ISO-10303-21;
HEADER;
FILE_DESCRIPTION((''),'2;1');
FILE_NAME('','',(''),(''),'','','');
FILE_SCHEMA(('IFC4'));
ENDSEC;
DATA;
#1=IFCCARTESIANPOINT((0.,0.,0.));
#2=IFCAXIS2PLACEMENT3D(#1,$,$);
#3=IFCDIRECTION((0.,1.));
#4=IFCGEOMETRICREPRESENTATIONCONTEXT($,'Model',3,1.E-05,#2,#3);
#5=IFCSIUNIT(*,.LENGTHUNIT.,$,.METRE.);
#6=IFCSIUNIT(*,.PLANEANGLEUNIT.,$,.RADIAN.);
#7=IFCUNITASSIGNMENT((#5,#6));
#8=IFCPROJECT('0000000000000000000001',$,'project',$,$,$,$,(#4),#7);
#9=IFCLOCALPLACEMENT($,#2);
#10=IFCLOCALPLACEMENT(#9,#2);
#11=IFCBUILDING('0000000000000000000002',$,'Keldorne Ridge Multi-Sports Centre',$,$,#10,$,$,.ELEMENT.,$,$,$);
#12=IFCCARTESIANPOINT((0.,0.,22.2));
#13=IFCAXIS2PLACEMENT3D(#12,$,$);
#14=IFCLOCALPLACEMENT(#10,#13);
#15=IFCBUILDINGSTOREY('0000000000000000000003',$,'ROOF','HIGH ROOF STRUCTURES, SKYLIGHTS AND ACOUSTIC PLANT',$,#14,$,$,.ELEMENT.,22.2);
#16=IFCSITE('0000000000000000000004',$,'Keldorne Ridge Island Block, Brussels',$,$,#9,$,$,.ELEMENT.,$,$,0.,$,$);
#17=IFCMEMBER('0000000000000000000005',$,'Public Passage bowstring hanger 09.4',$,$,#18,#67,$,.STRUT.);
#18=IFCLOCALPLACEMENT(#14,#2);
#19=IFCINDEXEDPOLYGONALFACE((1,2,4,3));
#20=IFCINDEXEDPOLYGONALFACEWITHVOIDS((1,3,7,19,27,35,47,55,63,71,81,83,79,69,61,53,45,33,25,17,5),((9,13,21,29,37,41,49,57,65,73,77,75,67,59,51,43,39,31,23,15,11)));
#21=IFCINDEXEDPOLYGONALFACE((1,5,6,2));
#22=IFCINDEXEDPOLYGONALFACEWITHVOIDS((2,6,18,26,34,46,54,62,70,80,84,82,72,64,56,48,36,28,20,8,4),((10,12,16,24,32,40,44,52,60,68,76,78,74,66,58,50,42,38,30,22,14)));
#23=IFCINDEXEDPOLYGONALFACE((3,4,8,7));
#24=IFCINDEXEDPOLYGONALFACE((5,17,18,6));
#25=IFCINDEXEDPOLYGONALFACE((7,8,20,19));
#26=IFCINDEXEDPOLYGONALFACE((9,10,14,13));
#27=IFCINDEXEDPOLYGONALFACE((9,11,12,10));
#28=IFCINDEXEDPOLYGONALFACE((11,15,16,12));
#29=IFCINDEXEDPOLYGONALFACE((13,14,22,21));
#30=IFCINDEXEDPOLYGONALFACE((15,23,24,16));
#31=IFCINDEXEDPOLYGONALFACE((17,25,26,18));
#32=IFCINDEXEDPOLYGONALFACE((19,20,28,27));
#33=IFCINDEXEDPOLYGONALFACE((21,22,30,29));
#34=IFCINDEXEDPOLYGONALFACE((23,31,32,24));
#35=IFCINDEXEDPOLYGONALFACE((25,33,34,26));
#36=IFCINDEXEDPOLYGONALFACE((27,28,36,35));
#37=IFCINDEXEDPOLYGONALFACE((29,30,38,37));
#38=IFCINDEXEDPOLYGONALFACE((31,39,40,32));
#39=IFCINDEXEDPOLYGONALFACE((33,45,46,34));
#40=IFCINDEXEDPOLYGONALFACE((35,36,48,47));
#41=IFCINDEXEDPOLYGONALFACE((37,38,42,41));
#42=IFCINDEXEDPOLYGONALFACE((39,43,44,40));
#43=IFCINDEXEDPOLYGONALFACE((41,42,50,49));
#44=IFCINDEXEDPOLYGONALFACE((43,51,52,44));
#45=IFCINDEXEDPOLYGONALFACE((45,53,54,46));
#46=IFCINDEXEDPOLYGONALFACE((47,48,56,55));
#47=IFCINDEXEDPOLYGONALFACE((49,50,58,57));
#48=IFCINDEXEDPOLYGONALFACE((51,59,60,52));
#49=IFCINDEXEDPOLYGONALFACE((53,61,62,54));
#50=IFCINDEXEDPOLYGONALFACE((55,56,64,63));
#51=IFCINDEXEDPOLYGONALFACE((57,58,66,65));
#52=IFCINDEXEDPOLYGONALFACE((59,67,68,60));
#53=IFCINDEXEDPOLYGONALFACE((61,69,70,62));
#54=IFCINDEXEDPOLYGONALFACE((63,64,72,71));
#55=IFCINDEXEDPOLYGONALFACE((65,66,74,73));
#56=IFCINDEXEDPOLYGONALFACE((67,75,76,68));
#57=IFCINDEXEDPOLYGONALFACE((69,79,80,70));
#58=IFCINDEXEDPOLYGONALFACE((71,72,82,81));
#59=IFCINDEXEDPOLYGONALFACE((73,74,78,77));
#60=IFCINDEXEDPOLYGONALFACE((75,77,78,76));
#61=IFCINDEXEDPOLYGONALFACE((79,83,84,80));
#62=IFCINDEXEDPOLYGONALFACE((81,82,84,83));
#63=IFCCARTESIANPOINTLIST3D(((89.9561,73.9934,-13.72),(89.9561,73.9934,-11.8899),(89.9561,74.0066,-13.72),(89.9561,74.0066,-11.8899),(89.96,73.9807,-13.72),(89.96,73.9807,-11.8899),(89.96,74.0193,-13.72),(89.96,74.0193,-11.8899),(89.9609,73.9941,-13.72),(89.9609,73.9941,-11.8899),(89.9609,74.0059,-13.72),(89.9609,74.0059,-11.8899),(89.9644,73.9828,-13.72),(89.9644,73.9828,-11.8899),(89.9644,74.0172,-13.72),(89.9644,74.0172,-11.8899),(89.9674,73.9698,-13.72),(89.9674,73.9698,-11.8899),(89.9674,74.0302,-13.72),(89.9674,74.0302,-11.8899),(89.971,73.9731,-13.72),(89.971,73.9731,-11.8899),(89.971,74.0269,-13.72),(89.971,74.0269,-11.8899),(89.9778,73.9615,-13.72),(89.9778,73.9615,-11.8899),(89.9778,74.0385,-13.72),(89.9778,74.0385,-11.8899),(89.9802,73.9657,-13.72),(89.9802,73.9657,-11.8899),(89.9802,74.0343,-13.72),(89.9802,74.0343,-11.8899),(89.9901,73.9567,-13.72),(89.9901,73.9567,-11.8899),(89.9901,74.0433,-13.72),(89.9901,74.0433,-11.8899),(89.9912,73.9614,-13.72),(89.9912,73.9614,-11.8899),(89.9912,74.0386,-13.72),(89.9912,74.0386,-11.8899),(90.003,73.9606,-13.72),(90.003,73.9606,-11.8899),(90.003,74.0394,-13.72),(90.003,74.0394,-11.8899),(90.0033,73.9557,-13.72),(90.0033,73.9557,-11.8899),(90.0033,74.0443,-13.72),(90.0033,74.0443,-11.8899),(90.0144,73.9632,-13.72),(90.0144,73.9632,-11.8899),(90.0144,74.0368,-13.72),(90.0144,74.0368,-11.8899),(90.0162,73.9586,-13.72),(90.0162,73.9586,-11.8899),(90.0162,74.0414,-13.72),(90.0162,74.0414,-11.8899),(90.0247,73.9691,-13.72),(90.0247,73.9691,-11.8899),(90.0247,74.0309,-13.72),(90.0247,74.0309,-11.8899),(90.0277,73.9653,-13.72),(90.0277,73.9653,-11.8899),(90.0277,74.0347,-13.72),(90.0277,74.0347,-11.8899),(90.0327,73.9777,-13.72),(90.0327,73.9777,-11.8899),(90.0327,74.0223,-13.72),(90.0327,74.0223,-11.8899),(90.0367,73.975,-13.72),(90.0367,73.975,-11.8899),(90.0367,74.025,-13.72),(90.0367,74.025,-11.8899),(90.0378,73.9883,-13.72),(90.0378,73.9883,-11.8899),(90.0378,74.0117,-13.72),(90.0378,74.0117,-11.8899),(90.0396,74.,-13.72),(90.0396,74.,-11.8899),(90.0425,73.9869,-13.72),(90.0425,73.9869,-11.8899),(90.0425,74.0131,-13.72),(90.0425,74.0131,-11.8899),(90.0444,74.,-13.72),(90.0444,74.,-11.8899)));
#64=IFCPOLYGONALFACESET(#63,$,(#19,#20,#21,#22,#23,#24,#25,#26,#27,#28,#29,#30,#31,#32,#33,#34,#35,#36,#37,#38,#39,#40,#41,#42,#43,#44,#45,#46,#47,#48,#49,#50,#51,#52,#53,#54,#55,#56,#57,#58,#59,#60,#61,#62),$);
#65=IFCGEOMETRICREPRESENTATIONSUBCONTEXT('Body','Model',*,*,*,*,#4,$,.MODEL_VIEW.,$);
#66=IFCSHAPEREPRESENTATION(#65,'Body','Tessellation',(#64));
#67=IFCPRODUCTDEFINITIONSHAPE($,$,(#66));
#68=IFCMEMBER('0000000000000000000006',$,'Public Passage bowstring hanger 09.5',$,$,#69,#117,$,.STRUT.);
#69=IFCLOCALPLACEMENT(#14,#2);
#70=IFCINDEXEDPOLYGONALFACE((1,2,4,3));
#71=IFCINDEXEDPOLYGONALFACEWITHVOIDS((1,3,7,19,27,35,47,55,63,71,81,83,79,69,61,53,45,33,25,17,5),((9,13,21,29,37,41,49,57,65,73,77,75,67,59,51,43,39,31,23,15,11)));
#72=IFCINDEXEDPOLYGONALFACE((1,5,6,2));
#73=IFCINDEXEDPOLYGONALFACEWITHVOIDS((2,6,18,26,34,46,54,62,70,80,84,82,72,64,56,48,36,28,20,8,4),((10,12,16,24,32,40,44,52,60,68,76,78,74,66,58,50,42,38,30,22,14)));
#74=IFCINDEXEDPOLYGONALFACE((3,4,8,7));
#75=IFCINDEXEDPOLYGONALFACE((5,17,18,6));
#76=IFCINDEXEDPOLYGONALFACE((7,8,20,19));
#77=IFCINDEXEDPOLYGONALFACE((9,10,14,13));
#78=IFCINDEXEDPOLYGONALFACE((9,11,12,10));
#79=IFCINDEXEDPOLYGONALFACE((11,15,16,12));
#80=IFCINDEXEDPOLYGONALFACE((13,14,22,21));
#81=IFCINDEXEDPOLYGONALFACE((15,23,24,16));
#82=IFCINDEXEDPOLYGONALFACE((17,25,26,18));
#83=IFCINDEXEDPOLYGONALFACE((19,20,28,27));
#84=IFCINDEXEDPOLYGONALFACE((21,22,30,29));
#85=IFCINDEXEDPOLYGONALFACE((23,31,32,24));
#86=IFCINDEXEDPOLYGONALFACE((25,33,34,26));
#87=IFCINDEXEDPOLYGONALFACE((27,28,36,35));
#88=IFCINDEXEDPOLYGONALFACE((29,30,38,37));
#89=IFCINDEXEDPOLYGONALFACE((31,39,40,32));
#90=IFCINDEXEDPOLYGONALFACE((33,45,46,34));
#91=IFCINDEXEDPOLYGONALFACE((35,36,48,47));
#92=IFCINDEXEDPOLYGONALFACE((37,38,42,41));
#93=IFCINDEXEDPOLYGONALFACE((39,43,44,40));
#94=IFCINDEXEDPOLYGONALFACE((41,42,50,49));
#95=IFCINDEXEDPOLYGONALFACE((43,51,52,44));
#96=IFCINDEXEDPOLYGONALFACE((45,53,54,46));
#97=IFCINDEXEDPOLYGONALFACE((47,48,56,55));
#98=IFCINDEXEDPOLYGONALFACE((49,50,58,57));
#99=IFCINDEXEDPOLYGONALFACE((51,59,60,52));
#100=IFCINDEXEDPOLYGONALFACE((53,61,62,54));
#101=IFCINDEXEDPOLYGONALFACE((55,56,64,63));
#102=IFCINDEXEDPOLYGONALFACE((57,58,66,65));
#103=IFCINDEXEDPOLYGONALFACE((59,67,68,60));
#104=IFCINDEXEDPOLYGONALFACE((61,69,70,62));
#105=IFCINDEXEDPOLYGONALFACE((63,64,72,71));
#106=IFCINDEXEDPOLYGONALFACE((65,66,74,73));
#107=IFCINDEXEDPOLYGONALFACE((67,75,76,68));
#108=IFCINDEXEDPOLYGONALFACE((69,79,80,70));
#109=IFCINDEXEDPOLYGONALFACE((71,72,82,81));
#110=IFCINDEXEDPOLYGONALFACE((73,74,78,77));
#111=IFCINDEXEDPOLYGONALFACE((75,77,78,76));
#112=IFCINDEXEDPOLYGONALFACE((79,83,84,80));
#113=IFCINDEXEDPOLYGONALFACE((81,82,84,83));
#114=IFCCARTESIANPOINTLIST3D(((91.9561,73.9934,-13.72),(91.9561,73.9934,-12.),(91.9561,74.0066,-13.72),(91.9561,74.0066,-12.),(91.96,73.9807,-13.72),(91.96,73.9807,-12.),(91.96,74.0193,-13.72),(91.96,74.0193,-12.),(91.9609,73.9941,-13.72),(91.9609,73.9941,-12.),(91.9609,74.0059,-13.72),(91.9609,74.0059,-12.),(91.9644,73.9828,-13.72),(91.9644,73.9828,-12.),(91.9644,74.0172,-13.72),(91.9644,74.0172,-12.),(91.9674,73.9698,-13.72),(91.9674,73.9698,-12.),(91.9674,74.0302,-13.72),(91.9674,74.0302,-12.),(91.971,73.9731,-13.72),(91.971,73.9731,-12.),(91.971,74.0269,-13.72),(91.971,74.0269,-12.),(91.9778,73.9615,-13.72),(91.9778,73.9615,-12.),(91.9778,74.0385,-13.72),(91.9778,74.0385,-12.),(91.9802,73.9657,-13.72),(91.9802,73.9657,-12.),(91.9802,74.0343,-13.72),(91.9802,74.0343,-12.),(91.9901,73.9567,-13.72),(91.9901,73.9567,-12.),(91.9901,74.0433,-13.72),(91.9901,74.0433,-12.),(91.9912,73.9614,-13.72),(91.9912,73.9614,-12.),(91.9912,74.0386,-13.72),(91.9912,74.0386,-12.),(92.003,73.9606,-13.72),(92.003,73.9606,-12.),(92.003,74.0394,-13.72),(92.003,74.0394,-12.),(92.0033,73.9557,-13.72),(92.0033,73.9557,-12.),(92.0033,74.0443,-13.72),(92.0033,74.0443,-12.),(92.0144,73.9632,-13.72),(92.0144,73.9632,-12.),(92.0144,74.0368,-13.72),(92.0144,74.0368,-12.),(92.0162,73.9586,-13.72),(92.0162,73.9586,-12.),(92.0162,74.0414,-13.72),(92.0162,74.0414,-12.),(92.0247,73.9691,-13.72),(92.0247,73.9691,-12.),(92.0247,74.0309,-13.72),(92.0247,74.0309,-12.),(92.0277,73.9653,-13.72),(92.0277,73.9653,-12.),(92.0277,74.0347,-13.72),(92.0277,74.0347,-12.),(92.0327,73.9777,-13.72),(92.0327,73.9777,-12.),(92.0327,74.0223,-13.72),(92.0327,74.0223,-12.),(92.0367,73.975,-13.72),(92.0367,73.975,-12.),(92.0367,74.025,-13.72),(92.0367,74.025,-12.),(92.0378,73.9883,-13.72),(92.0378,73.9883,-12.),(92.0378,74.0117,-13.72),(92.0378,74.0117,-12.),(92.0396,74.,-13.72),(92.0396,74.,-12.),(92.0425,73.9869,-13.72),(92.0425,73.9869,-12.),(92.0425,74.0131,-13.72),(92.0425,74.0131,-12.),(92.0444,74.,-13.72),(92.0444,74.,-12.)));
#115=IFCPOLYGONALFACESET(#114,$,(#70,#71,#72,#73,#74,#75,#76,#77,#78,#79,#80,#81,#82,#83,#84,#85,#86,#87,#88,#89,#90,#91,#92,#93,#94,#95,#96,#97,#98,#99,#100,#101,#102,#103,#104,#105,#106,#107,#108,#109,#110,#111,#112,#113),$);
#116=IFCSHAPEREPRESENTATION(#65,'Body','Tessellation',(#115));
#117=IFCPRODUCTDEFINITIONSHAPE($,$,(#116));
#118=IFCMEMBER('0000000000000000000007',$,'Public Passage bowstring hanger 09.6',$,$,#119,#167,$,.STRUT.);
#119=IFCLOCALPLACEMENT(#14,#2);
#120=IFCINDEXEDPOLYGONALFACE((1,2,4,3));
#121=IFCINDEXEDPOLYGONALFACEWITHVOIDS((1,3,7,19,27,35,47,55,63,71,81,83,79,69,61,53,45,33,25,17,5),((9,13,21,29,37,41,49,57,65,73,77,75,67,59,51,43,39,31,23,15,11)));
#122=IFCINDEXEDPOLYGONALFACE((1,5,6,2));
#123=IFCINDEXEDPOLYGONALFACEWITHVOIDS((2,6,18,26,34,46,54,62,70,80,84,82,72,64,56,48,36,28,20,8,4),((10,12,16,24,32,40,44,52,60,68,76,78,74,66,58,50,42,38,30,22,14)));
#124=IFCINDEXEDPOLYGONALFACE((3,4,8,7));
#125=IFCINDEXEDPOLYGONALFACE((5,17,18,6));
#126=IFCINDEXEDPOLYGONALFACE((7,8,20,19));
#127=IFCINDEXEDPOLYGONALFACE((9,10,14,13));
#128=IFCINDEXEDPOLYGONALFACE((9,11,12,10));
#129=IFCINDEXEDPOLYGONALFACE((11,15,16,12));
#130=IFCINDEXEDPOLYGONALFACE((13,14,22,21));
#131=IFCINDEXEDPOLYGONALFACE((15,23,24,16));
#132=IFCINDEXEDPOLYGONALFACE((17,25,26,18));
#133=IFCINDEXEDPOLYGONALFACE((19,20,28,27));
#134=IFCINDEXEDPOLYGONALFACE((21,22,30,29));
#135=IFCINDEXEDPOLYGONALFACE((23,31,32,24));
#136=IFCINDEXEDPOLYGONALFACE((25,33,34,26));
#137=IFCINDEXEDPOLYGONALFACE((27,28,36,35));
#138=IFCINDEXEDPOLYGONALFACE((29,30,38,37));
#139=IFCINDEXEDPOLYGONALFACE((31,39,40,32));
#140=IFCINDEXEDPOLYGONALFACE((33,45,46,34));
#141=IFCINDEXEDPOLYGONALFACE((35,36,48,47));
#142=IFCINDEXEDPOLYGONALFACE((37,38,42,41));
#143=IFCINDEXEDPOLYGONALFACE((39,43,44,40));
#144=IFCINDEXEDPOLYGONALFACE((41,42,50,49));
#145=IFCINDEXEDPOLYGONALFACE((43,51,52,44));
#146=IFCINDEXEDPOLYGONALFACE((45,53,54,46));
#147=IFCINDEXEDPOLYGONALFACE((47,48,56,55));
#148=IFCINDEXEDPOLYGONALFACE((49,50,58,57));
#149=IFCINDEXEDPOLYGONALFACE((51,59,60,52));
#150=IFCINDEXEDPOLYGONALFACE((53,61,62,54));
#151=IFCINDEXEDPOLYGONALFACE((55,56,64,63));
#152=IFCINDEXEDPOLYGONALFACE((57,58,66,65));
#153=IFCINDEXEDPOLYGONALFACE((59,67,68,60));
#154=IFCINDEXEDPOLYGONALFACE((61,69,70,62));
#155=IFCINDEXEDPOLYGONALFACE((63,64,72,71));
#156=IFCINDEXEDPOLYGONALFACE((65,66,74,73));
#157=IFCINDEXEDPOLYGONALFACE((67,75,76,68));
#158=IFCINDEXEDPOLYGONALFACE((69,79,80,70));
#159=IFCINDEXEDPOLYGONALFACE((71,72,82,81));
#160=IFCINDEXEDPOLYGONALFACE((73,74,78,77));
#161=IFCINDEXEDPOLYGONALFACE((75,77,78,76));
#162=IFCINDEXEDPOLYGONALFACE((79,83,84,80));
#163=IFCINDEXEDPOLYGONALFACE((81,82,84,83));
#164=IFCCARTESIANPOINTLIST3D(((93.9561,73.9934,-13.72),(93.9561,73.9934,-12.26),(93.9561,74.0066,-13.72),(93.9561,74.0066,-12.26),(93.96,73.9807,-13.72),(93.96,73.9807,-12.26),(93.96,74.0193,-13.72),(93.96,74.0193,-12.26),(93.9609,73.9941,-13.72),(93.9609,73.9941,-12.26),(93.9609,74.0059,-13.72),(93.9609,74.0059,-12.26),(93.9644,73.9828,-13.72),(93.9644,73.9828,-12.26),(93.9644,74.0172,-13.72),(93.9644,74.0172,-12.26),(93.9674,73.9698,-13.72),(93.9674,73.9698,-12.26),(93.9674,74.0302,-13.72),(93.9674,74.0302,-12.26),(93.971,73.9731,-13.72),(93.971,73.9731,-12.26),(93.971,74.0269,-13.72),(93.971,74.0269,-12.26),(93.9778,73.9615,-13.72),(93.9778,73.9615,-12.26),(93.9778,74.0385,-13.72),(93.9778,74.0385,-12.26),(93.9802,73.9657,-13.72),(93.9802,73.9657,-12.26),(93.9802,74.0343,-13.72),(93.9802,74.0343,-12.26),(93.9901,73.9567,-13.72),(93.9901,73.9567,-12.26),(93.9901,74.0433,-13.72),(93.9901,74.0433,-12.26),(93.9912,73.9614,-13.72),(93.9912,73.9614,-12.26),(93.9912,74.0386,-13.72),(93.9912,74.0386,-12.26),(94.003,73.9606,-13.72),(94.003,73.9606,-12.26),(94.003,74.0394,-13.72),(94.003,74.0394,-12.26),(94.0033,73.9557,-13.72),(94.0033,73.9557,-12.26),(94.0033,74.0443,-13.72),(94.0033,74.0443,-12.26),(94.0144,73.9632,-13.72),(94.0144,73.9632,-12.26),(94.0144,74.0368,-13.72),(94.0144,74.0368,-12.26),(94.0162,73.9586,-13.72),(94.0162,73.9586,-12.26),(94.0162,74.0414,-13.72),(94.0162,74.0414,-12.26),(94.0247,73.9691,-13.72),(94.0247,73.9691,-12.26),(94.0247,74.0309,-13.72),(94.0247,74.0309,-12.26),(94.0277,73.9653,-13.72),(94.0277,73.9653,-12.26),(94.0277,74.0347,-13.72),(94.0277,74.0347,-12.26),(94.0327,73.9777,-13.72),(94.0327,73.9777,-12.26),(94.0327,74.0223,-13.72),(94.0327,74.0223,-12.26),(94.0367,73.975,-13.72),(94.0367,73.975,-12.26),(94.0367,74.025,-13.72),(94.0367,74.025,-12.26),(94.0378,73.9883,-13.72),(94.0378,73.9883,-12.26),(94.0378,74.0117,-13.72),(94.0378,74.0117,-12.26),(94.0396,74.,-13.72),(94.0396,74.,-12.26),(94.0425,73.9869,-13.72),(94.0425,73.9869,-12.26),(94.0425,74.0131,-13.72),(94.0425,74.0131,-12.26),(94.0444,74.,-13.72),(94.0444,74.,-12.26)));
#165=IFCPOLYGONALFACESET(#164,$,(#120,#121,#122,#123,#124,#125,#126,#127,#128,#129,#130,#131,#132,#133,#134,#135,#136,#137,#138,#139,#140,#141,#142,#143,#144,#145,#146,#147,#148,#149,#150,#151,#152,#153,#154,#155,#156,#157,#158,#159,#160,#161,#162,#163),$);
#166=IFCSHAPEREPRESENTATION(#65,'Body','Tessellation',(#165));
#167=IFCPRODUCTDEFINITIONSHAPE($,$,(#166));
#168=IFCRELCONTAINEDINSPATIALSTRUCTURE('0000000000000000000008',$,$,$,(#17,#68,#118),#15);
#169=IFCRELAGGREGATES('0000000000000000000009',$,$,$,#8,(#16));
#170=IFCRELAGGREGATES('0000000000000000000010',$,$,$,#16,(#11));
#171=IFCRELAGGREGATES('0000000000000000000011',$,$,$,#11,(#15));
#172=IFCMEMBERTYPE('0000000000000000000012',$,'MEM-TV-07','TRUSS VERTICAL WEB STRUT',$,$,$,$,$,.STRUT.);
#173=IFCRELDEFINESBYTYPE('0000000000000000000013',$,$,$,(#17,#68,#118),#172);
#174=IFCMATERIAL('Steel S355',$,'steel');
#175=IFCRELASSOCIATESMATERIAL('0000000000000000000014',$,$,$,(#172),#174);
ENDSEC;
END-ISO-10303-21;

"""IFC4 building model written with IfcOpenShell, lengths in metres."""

from ifc_helpers import new_model, si_unit, direction, frame, origin, origin_2d, place, context, subcontext, project, spatial, hollow_circle, extrude, material, material_profile, profile_set, type_object, element, save


model = new_model("IFC4")

# Units and contexts
model_context = context("Model", 3, precision=1e-05, world=origin(), true_north=direction((0.0, 1.0)))
body_context = subcontext(model_context, "Body", "Model", "MODEL_VIEW")
ifc_project = project(units=[si_unit("LENGTHUNIT", "METRE"), si_unit("PLANEANGLEUNIT", "RADIAN")], contexts=[model_context])

# Site, building, storey
site_placement = place(None, origin())
site = spatial("IfcSite", under=ifc_project, at=site_placement, Name="Keldorne Ridge Island Block, Brussels", CompositionType="ELEMENT", RefElevation=0.0)
building_placement = place(site_placement, origin())
building = spatial("IfcBuilding", under=site, at=building_placement, Name="Keldorne Ridge Multi-Sports Centre", CompositionType="ELEMENT")
storey_placement = place(building_placement, frame((0.0, 0.0, 22.2)))
storey = spatial("IfcBuildingStorey", under=building, at=storey_placement, Name="ROOF", Description="HIGH ROOF STRUCTURES, SKYLIGHTS AND ACOUSTIC PLANT", CompositionType="ELEMENT", Elevation=22.2)

# Members
ifc_material = material(Name="Steel S355", Category="steel")
ifc_material_profile_1 = material_profile(ifc_material, hollow_circle(Radius=0.0444, WallThickness=0.0049, at=origin_2d()), Name="CHS 88.9x5")
ifc_profile_set_1 = profile_set([ifc_material_profile_1], Name="Steel S355")
member_type_1 = type_object("IfcMemberType", Name="MEM-TV-07", Description="TRUSS VERTICAL WEB STRUT", PredefinedType="STRUT", material=ifc_profile_set_1)
member_1_placement = place(storey_placement, frame((90.0, 74.0, -13.72), z_axis=(0.0, 0.0, 1.0), x_axis=(1.0, 0.0, 0.0)))
element("IfcMember", 1, at=member_1_placement, inside=storey, type_object=member_type_1, Name="Public Passage bowstring hanger 09.4", PredefinedType="STRUT", context=body_context, shape_type="SweptSolid", body=[
    extrude(hollow_circle(Radius=0.0444, WallThickness=0.0049, at=origin_2d()), origin(), (0.0, 0.0, 1.0), 1.8301),
])
member_2_placement = place(storey_placement, frame((92.0, 74.0, -13.72), z_axis=(0.0, 0.0, 1.0), x_axis=(1.0, 0.0, 0.0)))
element("IfcMember", 2, at=member_2_placement, inside=storey, type_object=member_type_1, Name="Public Passage bowstring hanger 09.5", PredefinedType="STRUT", context=body_context, shape_type="SweptSolid", body=[
    extrude(hollow_circle(Radius=0.0444, WallThickness=0.0049, at=origin_2d()), origin(), (0.0, 0.0, 1.0), 1.72),
])
member_3_placement = place(storey_placement, frame((94.0, 74.0, -13.72), z_axis=(0.0, 0.0, 1.0), x_axis=(1.0, 0.0, 0.0)))
element("IfcMember", 3, at=member_3_placement, inside=storey, type_object=member_type_1, Name="Public Passage bowstring hanger 09.6", PredefinedType="STRUT", context=body_context, shape_type="SweptSolid", body=[
    extrude(hollow_circle(Radius=0.0444, WallThickness=0.0049, at=origin_2d()), origin(), (0.0, 0.0, 1.0), 1.46),
])

save(model, "model.ifc")
